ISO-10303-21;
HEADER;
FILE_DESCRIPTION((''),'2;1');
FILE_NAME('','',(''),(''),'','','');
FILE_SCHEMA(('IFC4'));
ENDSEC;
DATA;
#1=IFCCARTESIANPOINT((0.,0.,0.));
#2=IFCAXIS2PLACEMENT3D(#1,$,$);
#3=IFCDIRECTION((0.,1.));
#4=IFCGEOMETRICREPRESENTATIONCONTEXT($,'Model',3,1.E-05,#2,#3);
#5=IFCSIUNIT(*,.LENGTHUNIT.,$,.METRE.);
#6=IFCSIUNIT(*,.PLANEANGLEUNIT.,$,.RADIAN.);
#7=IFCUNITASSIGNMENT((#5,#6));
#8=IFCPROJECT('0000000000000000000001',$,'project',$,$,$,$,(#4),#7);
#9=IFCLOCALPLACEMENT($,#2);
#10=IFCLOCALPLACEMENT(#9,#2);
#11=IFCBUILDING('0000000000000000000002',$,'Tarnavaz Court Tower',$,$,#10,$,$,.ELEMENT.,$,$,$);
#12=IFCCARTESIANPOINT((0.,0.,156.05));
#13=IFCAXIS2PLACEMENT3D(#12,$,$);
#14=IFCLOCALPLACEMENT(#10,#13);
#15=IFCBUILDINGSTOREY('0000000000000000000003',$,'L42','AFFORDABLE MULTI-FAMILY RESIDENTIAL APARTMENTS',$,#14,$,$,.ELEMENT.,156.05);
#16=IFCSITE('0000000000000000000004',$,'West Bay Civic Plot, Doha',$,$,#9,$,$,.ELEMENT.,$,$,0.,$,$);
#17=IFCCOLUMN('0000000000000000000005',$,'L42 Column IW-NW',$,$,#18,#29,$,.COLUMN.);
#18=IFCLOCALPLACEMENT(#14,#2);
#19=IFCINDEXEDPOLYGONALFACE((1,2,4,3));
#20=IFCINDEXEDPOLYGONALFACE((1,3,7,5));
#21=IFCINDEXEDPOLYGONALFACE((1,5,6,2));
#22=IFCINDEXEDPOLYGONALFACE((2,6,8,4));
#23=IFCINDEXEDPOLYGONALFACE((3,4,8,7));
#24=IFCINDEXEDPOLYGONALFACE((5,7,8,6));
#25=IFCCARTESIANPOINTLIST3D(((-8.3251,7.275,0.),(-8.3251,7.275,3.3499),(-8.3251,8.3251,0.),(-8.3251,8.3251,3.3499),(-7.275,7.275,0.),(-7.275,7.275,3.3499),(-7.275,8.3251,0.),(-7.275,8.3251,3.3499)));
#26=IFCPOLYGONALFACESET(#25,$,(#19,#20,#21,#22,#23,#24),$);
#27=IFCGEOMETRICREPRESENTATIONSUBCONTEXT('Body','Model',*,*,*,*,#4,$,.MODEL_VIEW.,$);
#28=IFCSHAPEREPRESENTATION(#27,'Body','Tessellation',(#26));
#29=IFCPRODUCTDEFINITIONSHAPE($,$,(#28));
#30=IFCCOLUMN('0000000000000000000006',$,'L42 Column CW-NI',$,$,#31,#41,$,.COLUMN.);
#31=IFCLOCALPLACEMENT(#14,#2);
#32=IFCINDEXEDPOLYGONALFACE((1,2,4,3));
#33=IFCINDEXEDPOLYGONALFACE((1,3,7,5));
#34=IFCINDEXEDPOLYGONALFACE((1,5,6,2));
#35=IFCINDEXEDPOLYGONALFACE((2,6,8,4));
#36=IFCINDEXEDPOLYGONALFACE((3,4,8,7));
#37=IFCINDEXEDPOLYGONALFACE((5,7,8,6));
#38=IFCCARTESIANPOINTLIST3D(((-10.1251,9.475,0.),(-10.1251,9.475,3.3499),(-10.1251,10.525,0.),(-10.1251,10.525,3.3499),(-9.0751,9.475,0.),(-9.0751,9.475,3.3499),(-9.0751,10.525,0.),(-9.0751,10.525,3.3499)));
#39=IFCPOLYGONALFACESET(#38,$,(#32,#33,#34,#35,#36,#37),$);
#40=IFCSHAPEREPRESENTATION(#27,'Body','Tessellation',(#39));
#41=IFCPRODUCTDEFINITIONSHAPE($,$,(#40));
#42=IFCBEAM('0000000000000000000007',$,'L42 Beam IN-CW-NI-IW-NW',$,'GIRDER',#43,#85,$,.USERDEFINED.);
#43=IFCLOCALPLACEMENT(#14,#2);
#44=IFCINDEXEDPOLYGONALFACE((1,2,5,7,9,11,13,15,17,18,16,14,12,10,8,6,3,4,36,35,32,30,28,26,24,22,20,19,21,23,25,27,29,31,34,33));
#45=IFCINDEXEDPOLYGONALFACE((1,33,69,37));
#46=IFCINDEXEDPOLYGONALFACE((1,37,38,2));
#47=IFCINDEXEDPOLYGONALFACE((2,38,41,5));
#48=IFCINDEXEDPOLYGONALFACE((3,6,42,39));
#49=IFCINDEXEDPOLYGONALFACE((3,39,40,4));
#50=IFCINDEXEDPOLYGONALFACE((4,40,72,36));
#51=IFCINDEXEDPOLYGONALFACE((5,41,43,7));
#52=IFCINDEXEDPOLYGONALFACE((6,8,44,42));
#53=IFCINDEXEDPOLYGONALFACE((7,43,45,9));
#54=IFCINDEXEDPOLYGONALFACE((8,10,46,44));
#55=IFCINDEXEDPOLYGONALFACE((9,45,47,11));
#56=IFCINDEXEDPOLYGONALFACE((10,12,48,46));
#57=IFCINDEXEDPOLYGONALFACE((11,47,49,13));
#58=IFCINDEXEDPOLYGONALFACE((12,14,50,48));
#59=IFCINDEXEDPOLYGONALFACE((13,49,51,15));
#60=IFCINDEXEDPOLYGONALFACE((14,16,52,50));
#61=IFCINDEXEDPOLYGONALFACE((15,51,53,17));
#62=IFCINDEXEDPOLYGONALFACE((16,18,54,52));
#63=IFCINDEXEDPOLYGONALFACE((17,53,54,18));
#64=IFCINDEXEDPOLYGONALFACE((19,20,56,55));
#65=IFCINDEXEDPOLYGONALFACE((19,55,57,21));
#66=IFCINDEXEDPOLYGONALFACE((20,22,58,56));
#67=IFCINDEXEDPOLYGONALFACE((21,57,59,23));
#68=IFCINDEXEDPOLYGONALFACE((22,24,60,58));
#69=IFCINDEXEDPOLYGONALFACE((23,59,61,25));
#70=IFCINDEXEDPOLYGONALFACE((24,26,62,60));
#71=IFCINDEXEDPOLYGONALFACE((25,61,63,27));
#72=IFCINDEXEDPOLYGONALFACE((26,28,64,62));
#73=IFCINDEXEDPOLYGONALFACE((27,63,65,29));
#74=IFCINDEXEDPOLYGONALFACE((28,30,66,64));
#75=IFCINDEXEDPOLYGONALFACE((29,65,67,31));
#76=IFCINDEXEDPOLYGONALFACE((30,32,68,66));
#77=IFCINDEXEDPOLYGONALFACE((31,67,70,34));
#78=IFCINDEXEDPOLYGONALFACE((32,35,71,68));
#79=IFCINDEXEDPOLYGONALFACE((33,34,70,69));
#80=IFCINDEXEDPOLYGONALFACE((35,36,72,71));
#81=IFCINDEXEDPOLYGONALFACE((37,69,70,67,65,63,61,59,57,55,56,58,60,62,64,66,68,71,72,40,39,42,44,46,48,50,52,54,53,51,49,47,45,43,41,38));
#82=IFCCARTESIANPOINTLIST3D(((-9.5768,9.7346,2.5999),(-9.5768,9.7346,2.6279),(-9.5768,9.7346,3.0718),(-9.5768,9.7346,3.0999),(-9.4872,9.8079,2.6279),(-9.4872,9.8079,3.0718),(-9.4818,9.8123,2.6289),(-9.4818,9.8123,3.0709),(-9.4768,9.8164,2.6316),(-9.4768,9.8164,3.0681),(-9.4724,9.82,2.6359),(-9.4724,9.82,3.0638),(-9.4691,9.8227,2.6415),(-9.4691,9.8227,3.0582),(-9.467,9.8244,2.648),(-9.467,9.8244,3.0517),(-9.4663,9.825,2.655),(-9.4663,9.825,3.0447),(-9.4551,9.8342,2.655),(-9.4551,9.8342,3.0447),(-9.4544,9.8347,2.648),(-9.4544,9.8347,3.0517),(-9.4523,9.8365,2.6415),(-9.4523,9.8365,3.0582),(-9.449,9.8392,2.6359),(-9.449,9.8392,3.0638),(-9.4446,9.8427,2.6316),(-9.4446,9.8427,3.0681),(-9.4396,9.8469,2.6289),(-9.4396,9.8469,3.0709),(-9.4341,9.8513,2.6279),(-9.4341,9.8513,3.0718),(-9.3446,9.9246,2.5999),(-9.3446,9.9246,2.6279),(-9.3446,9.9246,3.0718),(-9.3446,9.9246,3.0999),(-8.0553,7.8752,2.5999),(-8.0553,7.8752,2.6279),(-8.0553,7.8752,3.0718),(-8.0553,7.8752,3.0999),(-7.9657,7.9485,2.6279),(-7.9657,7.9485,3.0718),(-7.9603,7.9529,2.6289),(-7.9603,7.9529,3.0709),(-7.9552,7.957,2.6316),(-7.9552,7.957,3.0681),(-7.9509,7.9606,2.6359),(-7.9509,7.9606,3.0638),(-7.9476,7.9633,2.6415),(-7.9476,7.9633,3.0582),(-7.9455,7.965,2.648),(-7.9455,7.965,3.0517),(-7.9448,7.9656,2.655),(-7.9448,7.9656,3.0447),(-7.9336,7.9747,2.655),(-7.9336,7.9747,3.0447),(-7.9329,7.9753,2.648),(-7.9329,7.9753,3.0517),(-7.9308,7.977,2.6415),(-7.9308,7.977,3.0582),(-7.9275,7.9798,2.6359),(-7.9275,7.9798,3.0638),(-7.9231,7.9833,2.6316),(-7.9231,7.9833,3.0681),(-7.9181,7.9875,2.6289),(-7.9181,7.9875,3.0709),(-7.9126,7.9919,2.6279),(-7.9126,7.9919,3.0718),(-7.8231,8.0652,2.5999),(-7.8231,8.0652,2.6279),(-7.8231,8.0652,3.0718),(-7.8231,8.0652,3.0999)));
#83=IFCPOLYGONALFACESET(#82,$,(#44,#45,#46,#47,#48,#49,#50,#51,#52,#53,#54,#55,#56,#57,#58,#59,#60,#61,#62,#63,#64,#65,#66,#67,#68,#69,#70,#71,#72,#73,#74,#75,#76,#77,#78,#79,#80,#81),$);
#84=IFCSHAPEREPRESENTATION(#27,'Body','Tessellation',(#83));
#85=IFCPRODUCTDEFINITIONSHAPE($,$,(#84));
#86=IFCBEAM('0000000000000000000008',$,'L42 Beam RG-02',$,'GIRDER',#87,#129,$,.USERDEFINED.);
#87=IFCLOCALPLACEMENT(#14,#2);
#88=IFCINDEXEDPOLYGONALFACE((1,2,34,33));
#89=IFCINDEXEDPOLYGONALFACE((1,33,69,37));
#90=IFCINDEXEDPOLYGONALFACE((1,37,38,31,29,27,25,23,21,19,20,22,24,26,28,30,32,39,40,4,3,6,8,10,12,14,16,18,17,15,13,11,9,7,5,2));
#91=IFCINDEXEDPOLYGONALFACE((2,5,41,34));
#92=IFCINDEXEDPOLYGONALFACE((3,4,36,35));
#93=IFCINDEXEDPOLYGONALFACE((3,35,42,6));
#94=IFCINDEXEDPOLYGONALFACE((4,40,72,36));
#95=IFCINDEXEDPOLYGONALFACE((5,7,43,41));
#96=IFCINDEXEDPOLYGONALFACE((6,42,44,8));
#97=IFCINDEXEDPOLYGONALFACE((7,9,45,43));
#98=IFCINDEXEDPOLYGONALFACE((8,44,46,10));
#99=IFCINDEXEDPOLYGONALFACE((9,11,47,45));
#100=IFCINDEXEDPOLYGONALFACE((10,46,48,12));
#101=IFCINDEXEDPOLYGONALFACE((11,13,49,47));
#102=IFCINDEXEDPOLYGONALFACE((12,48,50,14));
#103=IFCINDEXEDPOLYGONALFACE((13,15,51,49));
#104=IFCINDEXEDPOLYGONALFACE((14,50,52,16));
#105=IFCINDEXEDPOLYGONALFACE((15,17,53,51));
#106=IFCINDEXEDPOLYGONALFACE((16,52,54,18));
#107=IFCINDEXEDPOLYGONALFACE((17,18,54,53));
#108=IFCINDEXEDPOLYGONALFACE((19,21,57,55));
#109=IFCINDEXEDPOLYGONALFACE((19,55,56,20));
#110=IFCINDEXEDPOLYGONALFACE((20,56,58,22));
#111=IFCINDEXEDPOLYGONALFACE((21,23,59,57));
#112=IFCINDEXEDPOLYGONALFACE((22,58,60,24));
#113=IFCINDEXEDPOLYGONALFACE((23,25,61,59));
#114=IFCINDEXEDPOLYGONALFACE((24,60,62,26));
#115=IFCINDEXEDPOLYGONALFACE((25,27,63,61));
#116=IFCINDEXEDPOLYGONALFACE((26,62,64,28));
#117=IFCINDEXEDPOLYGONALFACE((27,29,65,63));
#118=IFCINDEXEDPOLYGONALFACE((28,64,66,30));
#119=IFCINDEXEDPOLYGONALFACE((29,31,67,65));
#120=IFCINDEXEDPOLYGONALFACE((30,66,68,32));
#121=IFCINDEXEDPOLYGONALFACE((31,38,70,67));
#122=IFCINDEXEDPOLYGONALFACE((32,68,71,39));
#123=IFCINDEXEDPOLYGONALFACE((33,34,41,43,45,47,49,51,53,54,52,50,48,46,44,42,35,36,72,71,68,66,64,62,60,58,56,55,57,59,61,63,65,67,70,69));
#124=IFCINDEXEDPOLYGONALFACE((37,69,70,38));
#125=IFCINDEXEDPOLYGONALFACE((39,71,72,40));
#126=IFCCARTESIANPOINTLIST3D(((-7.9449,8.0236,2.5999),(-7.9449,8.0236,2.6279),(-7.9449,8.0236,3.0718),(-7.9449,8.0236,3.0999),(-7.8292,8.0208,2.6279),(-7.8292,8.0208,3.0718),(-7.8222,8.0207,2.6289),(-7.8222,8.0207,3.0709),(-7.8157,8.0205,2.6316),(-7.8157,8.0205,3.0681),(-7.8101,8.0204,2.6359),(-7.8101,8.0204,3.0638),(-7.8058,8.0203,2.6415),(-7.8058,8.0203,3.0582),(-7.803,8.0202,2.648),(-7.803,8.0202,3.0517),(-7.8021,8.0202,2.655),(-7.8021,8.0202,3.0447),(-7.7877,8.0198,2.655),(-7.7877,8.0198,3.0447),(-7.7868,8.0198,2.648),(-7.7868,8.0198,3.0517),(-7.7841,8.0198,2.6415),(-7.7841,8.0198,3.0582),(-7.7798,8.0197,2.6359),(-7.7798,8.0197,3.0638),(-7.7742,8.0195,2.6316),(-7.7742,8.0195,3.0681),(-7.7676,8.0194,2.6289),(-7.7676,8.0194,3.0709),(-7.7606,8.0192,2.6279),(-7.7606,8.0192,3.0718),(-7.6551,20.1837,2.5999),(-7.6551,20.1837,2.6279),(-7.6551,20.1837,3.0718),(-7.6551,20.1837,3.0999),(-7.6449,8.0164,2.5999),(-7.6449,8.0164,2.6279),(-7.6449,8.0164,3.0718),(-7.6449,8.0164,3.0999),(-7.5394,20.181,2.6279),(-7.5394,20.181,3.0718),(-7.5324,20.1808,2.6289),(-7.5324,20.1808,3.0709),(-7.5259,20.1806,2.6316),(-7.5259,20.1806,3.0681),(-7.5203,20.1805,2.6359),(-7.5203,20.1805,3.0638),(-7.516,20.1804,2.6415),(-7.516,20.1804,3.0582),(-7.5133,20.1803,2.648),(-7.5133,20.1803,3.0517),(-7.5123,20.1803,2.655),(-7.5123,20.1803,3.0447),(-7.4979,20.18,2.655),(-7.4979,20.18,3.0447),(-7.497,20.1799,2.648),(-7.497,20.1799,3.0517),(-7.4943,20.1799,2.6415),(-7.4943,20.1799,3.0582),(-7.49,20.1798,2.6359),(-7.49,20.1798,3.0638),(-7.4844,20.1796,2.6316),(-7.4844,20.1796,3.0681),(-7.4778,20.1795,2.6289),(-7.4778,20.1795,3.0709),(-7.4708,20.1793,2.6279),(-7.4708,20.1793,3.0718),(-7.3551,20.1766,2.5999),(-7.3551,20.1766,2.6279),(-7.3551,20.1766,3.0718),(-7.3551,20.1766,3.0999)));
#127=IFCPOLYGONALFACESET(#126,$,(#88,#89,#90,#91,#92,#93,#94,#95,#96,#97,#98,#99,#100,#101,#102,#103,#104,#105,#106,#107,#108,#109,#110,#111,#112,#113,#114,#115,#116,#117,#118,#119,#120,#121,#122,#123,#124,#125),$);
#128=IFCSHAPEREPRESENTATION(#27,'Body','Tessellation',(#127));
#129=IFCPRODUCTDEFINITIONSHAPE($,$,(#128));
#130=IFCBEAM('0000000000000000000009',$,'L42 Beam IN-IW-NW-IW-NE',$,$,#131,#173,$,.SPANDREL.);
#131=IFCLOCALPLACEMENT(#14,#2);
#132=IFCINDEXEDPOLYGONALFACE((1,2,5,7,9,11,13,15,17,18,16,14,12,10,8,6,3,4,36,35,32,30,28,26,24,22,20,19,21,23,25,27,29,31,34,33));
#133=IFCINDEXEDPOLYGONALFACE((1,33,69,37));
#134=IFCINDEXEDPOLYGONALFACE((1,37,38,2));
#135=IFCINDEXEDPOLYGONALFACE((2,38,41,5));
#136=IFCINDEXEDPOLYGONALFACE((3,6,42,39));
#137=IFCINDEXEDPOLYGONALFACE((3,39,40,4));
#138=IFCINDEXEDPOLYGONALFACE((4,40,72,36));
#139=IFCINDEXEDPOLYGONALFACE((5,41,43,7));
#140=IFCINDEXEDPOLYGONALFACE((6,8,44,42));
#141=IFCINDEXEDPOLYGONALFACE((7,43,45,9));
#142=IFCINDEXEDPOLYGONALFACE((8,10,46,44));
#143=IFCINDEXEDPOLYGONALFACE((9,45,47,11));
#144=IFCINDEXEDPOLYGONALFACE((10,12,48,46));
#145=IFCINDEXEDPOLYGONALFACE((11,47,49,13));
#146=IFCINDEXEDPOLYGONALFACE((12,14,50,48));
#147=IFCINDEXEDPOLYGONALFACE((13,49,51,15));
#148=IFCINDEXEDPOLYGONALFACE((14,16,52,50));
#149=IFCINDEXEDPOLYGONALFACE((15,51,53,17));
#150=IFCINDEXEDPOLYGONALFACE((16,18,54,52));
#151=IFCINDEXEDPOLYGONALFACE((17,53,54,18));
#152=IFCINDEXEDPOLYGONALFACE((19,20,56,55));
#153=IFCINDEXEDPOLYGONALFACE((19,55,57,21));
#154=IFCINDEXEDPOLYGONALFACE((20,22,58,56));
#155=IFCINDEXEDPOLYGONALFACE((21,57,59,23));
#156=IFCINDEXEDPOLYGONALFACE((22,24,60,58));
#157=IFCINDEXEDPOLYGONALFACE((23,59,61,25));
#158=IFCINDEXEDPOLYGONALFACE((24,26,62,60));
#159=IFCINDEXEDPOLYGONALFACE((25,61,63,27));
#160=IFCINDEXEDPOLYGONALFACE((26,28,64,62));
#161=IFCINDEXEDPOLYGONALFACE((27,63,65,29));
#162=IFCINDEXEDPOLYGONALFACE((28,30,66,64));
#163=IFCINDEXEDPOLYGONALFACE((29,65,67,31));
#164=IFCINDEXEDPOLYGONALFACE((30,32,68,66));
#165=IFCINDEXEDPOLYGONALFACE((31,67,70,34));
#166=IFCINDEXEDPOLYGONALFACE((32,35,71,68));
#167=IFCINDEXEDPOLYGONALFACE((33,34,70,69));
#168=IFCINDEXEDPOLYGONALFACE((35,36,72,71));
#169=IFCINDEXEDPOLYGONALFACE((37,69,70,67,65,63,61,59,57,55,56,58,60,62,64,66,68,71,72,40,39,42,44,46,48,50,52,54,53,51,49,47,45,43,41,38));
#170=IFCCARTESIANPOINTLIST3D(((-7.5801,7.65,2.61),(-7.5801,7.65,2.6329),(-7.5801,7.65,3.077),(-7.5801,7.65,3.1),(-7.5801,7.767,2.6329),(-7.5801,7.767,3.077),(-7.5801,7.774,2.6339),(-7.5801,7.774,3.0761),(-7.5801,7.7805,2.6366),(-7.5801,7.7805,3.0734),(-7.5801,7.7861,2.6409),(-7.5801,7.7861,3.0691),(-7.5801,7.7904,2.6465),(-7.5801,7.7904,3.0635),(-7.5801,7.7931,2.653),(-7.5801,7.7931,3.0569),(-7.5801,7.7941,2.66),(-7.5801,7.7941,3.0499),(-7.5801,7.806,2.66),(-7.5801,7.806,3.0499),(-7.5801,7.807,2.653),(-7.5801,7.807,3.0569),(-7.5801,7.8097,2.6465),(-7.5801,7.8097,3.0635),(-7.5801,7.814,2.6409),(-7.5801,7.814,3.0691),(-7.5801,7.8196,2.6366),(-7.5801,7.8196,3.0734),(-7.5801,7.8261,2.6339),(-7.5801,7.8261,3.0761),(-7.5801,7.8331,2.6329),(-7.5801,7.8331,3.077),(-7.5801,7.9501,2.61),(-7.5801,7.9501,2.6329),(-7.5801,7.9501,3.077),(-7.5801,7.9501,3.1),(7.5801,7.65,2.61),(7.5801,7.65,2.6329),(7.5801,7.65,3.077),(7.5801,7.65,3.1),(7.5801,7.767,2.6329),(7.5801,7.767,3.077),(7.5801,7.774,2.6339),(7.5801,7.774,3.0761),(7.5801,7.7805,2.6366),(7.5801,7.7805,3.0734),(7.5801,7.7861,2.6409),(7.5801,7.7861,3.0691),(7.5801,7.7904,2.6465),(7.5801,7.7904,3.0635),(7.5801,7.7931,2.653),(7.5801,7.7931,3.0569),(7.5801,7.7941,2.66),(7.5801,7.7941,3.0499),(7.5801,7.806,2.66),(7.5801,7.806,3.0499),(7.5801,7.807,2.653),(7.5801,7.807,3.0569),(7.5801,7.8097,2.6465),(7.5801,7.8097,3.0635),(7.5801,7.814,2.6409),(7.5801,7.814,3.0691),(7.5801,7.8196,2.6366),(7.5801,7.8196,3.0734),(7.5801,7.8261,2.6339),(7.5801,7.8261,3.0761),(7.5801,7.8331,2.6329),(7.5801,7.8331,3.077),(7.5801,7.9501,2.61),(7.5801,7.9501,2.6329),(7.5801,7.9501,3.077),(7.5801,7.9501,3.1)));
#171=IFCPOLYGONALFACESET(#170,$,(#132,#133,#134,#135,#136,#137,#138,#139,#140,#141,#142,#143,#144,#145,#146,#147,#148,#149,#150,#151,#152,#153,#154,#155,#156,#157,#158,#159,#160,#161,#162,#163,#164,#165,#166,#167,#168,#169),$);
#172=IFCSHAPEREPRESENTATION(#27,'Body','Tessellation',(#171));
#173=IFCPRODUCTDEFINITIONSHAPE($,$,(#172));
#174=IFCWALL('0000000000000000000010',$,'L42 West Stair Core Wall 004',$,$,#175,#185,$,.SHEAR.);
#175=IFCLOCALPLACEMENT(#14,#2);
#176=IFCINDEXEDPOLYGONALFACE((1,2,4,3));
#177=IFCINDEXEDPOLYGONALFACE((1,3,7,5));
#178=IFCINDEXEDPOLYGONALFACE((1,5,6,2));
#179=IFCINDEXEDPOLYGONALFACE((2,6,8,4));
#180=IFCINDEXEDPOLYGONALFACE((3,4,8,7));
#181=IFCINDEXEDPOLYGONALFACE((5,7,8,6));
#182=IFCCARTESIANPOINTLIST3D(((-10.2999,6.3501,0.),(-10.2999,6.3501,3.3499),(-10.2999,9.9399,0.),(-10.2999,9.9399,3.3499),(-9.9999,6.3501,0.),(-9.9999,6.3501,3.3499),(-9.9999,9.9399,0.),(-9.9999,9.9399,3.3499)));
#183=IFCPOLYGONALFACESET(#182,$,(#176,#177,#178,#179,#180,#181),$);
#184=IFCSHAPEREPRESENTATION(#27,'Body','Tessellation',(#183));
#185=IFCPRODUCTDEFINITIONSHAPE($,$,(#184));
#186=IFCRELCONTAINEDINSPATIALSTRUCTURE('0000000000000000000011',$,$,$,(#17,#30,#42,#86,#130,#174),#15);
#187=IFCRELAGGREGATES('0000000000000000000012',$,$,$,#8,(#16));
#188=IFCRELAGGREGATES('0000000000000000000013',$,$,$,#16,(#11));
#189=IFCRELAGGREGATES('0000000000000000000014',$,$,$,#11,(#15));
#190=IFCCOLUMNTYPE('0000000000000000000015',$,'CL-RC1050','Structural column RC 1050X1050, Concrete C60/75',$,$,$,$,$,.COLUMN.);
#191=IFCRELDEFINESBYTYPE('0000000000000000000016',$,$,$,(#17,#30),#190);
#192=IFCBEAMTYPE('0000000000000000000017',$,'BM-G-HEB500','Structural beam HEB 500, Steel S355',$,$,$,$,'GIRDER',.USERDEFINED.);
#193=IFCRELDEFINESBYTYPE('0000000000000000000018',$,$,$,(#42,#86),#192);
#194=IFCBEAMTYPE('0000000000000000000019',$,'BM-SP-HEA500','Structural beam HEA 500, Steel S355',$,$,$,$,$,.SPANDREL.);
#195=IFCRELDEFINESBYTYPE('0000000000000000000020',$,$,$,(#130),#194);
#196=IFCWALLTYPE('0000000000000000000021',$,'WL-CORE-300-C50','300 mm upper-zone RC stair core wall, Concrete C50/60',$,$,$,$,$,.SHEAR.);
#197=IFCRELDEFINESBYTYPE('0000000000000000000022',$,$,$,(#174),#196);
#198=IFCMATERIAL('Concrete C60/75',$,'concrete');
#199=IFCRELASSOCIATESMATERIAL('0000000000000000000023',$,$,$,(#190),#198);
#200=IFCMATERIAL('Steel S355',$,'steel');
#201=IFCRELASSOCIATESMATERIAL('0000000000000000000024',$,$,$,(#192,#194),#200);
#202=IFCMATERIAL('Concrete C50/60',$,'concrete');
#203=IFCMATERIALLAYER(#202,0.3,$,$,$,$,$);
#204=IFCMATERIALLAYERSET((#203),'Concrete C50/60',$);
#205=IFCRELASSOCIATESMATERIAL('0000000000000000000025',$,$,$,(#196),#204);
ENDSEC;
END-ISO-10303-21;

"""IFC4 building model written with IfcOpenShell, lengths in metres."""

from ifc_helpers import new_model, si_unit, direction, frame, frame_2d, origin, origin_2d, place, context, subcontext, project, spatial, rectangle, i_section, extrude, material, layer, layer_set, material_profile, profile_set, type_object, element, save


model = new_model("IFC4")

# Units and contexts
model_context = context("Model", 3, precision=1e-05, world=origin(), true_north=direction((0.0, 1.0)))
body_context = subcontext(model_context, "Body", "Model", "MODEL_VIEW")
ifc_project = project(units=[si_unit("LENGTHUNIT", "METRE"), si_unit("PLANEANGLEUNIT", "RADIAN")], contexts=[model_context])

# Site, building, storey
site_placement = place(None, origin())
site = spatial("IfcSite", under=ifc_project, at=site_placement, Name="West Bay Civic Plot, Doha", CompositionType="ELEMENT", RefElevation=0.0)
building_placement = place(site_placement, origin())
building = spatial("IfcBuilding", under=site, at=building_placement, Name="Tarnavaz Court Tower", CompositionType="ELEMENT")
storey_placement = place(building_placement, frame((0.0, 0.0, 156.05)))
storey = spatial("IfcBuildingStorey", under=building, at=storey_placement, Name="L42", Description="AFFORDABLE MULTI-FAMILY RESIDENTIAL APARTMENTS", CompositionType="ELEMENT", Elevation=156.05)

# Columns
ifc_material_1 = material(Name="Concrete C60/75", Category="concrete")
ifc_material_profile_1 = material_profile(ifc_material_1, rectangle(XDim=1.05, YDim=1.05, at=origin_2d()), Name="RC 1050X1050")
ifc_profile_set_1 = profile_set([ifc_material_profile_1], Name="Concrete C60/75")
column_type = type_object("IfcColumnType", Name="CL-RC1050", Description="Structural column RC 1050X1050, Concrete C60/75", PredefinedType="COLUMN", material=ifc_profile_set_1)
for number, where, z_axis, x_axis, name in (
    (1, (-7.8, 7.8, 0.0), (0.0, 0.0, 1.0), (1.0, 0.0, 0.0), "L42 Column IW-NW"),
    (2, (-9.6001, 10.0, 0.0), (0.0, 0.0, 1.0), (1.0, 0.0, 0.0), "L42 Column CW-NI"),
):
    element("IfcColumn", number, at=place(storey_placement, frame(where, z_axis=z_axis, x_axis=x_axis)), inside=storey, type_object=column_type, Name=name, PredefinedType="COLUMN", context=body_context, shape_type="SweptSolid", body=[
        extrude(rectangle(XDim=1.05, YDim=1.05, at=origin_2d()), origin(), (0.0, 0.0, 1.0), 3.3499),
    ])

# Beams
ifc_material_2 = material(Name="Steel S355", Category="steel")
ifc_material_profile_2 = material_profile(ifc_material_2, i_section(OverallWidth=0.3, OverallDepth=0.5, WebThickness=0.0144, FlangeThickness=0.0281, FilletRadius=0.0271, at=origin_2d()), Name="HEB 500")
ifc_profile_set_2 = profile_set([ifc_material_profile_2], Name="Steel S355")
beam_type_1 = type_object("IfcBeamType", Name="BM-G-HEB500", Description="Structural beam HEB 500, Steel S355", ElementType="GIRDER", PredefinedType="USERDEFINED", material=ifc_profile_set_2)
beam_1_placement = place(storey_placement, frame((-9.4607, 9.8296, 2.8499), z_axis=(0.633282, -0.773921, 0.0), x_axis=(0.773921, 0.633282, 0.0)))
element("IfcBeam", 3, at=beam_1_placement, inside=storey, type_object=beam_type_1, Name="L42 Beam IN-CW-NI-IW-NW", ObjectType="GIRDER", PredefinedType="USERDEFINED", context=body_context, shape_type="SweptSolid", body=[
    extrude(i_section(OverallWidth=0.3, OverallDepth=0.5, WebThickness=0.0144, FlangeThickness=0.0281, FilletRadius=0.0271, at=origin_2d()), origin(), (0.0, 0.0, 1.0), 2.4026),
])
beam_2_placement = place(storey_placement, frame((-7.7949, 8.02, 2.8499), z_axis=(0.023825, 0.999716, 0.0), x_axis=(-0.999716, 0.023825, 0.0)))
element("IfcBeam", 4, at=beam_2_placement, inside=storey, type_object=beam_type_1, Name="L42 Beam RG-02", ObjectType="GIRDER", PredefinedType="USERDEFINED", context=body_context, shape_type="SweptSolid", body=[
    extrude(i_section(OverallWidth=0.3, OverallDepth=0.5, WebThickness=0.0144, FlangeThickness=0.0281, FilletRadius=0.0271, at=origin_2d()), origin(), (0.0, 0.0, 1.0), 12.1636),
])
ifc_material_profile_3 = material_profile(ifc_material_2, i_section(OverallWidth=0.3, OverallDepth=0.49, WebThickness=0.012, FlangeThickness=0.0229, FilletRadius=0.0271, at=origin_2d()), Name="HEA 500")
ifc_profile_set_3 = profile_set([ifc_material_profile_3], Name="Steel S355")
beam_type_2 = type_object("IfcBeamType", Name="BM-SP-HEA500", Description="Structural beam HEA 500, Steel S355", PredefinedType="SPANDREL", material=ifc_profile_set_3)
beam_3_placement = place(storey_placement, frame((-7.5801, 7.8, 2.855), z_axis=(1.0, 0.0, 0.0), x_axis=(0.0, 1.0, 0.0)))
element("IfcBeam", 5, at=beam_3_placement, inside=storey, type_object=beam_type_2, Name="L42 Beam IN-IW-NW-IW-NE", PredefinedType="SPANDREL", context=body_context, shape_type="SweptSolid", body=[
    extrude(i_section(OverallWidth=0.3, OverallDepth=0.49, WebThickness=0.012, FlangeThickness=0.0229, FilletRadius=0.0271, at=origin_2d()), origin(), (0.0, 0.0, 1.0), 15.1602),
])

# Wall
ifc_material_3 = material(Name="Concrete C50/60", Category="concrete")
ifc_layer_1 = layer(ifc_material_3, 0.3)
ifc_layer_set_1 = layer_set([ifc_layer_1], Name="Concrete C50/60")
wall_type_1 = type_object("IfcWallType", Name="WL-CORE-300-C50", Description="300 mm upper-zone RC stair core wall, Concrete C50/60", PredefinedType="SHEAR", material=ifc_layer_set_1)
wall_1_placement = place(storey_placement, frame((-10.1499, 6.3501, 0.0), z_axis=(0.0, 0.0, 1.0), x_axis=(0.0, 1.0, 0.0)))
element("IfcWall", 6, at=wall_1_placement, inside=storey, type_object=wall_type_1, Name="L42 West Stair Core Wall 004", PredefinedType="SHEAR", context=body_context, shape_type="SweptSolid", body=[
    extrude(rectangle(XDim=3.5898, YDim=0.3, at=frame_2d((1.7949, 0.0))), origin(), (0.0, 0.0, 1.0), 3.3499),
])

save(model, "model.ifc")
